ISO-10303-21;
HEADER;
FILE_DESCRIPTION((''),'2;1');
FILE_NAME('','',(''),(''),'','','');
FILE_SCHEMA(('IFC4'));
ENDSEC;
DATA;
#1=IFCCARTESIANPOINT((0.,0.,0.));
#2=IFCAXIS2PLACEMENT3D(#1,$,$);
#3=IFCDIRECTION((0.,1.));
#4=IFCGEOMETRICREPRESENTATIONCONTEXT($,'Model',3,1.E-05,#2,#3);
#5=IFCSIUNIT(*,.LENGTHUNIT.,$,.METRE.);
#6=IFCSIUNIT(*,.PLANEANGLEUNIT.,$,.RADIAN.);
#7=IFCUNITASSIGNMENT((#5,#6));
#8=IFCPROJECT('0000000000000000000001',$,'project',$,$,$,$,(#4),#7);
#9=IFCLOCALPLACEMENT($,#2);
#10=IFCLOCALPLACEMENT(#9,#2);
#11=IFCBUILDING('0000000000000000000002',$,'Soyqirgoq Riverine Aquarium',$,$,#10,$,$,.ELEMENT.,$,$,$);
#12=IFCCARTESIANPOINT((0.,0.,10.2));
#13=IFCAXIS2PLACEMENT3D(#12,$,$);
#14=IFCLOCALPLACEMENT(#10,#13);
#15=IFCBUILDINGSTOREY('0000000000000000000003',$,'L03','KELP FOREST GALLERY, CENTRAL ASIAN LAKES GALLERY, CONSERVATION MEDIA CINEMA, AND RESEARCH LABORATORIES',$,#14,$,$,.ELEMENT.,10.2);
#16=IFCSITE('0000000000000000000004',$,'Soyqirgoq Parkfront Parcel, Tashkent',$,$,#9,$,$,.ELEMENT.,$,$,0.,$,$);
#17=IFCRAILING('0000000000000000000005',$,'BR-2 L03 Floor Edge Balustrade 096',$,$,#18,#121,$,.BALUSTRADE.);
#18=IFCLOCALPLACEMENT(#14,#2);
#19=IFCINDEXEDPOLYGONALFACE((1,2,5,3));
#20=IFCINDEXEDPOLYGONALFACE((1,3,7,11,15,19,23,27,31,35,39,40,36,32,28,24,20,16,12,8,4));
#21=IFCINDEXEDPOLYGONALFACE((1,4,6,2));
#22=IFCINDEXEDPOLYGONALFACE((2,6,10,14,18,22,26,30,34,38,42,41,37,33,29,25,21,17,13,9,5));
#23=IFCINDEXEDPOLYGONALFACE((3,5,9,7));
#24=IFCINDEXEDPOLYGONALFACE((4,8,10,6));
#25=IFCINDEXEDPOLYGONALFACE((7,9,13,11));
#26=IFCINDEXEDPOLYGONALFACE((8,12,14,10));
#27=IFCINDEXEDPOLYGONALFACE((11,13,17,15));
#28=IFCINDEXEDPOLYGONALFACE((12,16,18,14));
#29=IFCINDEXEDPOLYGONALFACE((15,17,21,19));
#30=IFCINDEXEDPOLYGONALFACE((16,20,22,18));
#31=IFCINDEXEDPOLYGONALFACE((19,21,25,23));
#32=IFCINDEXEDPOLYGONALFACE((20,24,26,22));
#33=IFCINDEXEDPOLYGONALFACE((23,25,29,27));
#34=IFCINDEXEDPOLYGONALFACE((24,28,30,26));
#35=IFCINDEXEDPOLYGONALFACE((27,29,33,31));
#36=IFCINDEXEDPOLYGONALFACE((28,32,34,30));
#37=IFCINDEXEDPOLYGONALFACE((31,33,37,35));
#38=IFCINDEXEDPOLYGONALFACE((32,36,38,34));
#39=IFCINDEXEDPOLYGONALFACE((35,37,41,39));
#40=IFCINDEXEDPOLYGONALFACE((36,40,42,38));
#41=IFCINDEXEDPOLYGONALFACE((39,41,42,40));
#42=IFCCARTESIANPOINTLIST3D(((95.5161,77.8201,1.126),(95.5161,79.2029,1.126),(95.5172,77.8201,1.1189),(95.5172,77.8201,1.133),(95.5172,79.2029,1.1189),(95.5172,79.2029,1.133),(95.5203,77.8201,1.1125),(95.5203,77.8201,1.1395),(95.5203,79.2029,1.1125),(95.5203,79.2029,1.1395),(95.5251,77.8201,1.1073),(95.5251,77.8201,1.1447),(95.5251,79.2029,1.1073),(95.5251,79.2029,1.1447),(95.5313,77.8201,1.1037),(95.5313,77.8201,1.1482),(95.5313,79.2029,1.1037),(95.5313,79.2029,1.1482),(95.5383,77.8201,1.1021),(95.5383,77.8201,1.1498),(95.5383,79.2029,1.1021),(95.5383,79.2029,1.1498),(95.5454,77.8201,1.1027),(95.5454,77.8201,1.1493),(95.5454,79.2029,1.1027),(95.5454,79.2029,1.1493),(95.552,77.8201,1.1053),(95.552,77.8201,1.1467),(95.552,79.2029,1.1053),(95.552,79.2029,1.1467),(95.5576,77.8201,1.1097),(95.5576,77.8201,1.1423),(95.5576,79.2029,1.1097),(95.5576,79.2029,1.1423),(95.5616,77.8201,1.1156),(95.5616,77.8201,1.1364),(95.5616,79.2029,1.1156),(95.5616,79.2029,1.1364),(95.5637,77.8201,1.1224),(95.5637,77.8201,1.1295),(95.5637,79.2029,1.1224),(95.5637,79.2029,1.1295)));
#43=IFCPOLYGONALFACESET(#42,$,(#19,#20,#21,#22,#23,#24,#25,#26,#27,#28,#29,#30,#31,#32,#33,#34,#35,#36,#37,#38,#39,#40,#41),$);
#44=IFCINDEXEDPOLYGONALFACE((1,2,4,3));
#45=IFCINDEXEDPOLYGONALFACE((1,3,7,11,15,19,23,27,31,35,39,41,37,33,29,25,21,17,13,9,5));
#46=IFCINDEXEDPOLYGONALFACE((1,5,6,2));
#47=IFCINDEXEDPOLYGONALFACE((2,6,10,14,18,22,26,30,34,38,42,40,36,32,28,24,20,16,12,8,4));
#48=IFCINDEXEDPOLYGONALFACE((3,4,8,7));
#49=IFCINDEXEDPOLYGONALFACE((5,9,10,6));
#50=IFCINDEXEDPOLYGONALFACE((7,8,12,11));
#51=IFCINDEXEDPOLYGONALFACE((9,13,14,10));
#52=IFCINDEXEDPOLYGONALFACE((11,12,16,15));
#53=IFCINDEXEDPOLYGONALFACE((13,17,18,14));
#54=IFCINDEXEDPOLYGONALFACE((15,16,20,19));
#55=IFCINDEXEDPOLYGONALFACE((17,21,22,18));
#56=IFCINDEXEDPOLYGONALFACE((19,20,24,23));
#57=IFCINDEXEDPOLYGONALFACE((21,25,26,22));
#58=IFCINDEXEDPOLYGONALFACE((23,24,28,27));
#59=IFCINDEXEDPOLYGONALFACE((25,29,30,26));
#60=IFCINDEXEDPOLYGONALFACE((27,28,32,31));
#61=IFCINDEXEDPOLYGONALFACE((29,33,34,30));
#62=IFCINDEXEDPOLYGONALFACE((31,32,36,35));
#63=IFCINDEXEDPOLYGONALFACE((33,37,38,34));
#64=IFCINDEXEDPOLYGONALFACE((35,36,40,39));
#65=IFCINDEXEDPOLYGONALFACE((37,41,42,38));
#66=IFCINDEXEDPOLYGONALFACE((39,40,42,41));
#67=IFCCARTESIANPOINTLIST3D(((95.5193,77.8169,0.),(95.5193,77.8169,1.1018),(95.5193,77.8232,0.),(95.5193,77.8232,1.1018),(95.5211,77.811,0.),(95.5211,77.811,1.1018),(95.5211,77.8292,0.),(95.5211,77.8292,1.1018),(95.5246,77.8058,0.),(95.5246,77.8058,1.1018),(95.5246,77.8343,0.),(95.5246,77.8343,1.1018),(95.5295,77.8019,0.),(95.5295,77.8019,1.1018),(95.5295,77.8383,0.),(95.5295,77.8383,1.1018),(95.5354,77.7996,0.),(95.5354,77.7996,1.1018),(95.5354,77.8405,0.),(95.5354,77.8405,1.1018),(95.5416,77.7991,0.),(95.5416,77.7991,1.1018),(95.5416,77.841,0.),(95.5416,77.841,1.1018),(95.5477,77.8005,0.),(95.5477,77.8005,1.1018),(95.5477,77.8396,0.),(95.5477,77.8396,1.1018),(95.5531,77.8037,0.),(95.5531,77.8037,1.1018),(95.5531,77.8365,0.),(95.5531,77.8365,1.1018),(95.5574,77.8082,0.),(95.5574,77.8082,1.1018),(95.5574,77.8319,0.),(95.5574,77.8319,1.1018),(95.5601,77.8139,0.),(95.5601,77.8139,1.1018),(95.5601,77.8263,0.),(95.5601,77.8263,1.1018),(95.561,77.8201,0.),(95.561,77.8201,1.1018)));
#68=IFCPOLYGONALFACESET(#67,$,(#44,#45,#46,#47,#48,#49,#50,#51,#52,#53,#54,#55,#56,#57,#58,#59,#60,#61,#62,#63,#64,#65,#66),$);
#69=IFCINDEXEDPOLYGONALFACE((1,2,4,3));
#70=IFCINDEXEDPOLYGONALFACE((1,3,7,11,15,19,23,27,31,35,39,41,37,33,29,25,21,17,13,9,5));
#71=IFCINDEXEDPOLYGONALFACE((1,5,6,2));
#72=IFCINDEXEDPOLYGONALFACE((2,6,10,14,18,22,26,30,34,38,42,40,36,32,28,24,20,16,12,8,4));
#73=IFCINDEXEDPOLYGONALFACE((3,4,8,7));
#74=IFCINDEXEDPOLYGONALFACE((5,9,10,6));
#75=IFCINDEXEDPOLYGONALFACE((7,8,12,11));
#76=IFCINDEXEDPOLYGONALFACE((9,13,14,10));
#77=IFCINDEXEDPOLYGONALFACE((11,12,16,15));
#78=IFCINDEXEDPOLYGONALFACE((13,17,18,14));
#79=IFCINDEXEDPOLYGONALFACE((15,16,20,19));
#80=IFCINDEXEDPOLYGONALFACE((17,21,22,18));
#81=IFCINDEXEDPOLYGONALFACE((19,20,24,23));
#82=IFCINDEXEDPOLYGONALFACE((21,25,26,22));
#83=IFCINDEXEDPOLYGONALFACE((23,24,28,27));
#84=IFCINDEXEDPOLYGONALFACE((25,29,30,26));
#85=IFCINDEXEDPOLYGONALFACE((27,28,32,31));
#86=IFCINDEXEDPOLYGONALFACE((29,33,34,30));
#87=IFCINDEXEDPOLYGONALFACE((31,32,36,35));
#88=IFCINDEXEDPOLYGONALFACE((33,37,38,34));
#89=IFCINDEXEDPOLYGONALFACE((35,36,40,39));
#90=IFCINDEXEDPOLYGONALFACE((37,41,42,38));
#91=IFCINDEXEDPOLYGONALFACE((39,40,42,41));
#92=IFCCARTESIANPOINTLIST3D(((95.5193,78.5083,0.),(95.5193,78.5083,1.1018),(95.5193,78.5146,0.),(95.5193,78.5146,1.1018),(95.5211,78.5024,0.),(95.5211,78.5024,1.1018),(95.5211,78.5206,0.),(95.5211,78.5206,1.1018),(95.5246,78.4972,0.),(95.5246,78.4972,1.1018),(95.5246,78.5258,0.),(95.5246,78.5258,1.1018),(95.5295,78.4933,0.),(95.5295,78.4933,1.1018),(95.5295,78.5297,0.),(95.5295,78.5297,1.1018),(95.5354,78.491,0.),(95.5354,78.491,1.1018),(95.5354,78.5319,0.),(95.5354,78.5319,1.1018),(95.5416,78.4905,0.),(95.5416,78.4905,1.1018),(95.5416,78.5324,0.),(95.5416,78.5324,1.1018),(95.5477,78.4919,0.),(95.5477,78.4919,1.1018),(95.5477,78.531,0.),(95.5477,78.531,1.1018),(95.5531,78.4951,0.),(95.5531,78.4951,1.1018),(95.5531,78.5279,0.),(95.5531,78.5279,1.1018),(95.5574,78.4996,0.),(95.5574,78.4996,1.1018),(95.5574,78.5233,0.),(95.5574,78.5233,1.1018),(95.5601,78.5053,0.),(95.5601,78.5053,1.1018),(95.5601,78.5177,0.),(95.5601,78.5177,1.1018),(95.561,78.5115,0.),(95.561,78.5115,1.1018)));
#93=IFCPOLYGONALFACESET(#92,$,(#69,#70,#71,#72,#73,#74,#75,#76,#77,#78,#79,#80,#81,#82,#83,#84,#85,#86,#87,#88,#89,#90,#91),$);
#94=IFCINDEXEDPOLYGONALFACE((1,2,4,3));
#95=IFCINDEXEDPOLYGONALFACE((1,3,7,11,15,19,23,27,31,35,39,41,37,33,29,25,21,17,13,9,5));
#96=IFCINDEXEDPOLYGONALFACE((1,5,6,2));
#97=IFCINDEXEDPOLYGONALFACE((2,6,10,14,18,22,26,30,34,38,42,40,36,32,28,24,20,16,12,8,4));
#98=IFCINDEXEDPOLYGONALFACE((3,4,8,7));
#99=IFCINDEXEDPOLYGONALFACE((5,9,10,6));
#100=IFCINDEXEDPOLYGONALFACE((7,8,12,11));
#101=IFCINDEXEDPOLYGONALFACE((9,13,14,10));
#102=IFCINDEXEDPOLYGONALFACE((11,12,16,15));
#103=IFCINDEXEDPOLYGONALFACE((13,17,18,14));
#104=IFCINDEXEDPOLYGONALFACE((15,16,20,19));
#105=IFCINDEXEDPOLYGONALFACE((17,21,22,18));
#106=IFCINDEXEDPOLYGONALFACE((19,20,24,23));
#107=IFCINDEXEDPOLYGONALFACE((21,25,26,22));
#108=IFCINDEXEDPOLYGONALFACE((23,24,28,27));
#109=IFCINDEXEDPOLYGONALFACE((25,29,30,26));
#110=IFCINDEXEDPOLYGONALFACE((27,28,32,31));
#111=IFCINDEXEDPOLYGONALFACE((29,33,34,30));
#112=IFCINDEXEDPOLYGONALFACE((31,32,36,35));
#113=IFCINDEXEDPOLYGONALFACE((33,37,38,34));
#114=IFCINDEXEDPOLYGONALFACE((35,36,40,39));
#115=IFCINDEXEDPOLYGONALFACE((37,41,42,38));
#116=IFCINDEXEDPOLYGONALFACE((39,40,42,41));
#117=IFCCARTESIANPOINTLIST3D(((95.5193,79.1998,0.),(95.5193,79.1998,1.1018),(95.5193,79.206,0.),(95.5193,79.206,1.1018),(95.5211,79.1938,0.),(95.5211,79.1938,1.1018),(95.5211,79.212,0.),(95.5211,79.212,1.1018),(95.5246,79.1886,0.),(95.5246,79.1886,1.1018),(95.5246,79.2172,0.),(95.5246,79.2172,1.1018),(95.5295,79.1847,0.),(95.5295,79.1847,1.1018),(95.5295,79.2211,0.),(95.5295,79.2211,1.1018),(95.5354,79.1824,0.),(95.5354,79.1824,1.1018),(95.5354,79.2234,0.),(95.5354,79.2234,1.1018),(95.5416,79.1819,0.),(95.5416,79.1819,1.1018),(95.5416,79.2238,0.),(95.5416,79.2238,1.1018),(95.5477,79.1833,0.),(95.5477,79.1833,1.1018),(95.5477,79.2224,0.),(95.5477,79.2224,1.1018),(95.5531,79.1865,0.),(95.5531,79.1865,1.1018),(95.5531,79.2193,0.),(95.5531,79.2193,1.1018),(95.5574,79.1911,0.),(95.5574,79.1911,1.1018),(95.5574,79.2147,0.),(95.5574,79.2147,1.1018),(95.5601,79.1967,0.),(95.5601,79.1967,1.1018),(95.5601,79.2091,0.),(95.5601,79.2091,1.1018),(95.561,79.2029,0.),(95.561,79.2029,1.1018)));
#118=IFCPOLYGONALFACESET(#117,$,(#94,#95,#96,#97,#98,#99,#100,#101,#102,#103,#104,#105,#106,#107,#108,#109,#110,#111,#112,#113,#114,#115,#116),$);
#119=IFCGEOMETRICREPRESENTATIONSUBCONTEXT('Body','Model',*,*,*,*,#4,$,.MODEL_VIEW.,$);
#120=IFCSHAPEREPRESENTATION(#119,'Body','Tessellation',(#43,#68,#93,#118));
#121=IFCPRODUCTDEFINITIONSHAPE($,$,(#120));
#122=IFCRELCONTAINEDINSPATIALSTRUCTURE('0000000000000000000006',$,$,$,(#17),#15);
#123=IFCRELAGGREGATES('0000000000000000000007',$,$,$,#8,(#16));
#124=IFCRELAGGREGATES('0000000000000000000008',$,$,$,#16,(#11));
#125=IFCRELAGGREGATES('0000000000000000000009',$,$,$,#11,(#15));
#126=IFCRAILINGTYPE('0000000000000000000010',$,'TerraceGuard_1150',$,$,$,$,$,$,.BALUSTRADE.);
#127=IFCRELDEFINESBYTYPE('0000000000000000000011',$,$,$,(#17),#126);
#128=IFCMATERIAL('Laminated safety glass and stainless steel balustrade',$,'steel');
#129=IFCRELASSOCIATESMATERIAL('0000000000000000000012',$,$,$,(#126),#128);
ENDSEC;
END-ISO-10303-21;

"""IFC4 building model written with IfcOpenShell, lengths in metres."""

from ifc_helpers import new_model, si_unit, direction, frame, origin, origin_2d, place, context, subcontext, project, spatial, circle, extrude, material, type_object, element, save


model = new_model("IFC4")

# Units and contexts
model_context = context("Model", 3, precision=1e-05, world=origin(), true_north=direction((0.0, 1.0)))
body_context = subcontext(model_context, "Body", "Model", "MODEL_VIEW")
ifc_project = project(units=[si_unit("LENGTHUNIT", "METRE"), si_unit("PLANEANGLEUNIT", "RADIAN")], contexts=[model_context])

# Site, building, storey
site_placement = place(None, origin())
site = spatial("IfcSite", under=ifc_project, at=site_placement, Name="Soyqirgoq Parkfront Parcel, Tashkent", CompositionType="ELEMENT", RefElevation=0.0)
building_placement = place(site_placement, origin())
building = spatial("IfcBuilding", under=site, at=building_placement, Name="Soyqirgoq Riverine Aquarium", CompositionType="ELEMENT")
storey_placement = place(building_placement, frame((0.0, 0.0, 10.2)))
storey = spatial("IfcBuildingStorey", under=building, at=storey_placement, Name="L03", Description="KELP FOREST GALLERY, CENTRAL ASIAN LAKES GALLERY, CONSERVATION MEDIA CINEMA, AND RESEARCH LABORATORIES", CompositionType="ELEMENT", Elevation=10.2)

# Railing
ifc_material_1 = material(Name="Laminated safety glass and stainless steel balustrade", Category="steel")
railing_type = type_object("IfcRailingType", Name="TerraceGuard_1150", PredefinedType="BALUSTRADE", material=ifc_material_1)
railing_1_placement = place(storey_placement, frame((95.54, 77.8201, 0.0)))
element("IfcRailing", 1, at=railing_1_placement, inside=storey, type_object=railing_type, Name="BR-2 L03 Floor Edge Balustrade 096", PredefinedType="BALUSTRADE", context=body_context, shape_type="SweptSolid", body=[
    extrude(circle(Radius=0.0239, at=origin_2d()), frame((0.0, 0.0, 1.126), z_axis=(0.0, 1.0, 0.0), x_axis=(-1.0, 0.0, 0.0)), (0.0, 0.0, 1.0), 1.3828),
    extrude(circle(Radius=0.021, at=origin_2d()), origin(), (0.0, 0.0, 1.0), 1.1018),
    extrude(circle(Radius=0.021, at=origin_2d()), frame((0.0, 0.6914, 0.0)), (0.0, 0.0, 1.0), 1.1018),
    extrude(circle(Radius=0.021, at=origin_2d()), frame((0.0, 1.3828, 0.0)), (0.0, 0.0, 1.0), 1.1018),
])

save(model, "model.ifc")
